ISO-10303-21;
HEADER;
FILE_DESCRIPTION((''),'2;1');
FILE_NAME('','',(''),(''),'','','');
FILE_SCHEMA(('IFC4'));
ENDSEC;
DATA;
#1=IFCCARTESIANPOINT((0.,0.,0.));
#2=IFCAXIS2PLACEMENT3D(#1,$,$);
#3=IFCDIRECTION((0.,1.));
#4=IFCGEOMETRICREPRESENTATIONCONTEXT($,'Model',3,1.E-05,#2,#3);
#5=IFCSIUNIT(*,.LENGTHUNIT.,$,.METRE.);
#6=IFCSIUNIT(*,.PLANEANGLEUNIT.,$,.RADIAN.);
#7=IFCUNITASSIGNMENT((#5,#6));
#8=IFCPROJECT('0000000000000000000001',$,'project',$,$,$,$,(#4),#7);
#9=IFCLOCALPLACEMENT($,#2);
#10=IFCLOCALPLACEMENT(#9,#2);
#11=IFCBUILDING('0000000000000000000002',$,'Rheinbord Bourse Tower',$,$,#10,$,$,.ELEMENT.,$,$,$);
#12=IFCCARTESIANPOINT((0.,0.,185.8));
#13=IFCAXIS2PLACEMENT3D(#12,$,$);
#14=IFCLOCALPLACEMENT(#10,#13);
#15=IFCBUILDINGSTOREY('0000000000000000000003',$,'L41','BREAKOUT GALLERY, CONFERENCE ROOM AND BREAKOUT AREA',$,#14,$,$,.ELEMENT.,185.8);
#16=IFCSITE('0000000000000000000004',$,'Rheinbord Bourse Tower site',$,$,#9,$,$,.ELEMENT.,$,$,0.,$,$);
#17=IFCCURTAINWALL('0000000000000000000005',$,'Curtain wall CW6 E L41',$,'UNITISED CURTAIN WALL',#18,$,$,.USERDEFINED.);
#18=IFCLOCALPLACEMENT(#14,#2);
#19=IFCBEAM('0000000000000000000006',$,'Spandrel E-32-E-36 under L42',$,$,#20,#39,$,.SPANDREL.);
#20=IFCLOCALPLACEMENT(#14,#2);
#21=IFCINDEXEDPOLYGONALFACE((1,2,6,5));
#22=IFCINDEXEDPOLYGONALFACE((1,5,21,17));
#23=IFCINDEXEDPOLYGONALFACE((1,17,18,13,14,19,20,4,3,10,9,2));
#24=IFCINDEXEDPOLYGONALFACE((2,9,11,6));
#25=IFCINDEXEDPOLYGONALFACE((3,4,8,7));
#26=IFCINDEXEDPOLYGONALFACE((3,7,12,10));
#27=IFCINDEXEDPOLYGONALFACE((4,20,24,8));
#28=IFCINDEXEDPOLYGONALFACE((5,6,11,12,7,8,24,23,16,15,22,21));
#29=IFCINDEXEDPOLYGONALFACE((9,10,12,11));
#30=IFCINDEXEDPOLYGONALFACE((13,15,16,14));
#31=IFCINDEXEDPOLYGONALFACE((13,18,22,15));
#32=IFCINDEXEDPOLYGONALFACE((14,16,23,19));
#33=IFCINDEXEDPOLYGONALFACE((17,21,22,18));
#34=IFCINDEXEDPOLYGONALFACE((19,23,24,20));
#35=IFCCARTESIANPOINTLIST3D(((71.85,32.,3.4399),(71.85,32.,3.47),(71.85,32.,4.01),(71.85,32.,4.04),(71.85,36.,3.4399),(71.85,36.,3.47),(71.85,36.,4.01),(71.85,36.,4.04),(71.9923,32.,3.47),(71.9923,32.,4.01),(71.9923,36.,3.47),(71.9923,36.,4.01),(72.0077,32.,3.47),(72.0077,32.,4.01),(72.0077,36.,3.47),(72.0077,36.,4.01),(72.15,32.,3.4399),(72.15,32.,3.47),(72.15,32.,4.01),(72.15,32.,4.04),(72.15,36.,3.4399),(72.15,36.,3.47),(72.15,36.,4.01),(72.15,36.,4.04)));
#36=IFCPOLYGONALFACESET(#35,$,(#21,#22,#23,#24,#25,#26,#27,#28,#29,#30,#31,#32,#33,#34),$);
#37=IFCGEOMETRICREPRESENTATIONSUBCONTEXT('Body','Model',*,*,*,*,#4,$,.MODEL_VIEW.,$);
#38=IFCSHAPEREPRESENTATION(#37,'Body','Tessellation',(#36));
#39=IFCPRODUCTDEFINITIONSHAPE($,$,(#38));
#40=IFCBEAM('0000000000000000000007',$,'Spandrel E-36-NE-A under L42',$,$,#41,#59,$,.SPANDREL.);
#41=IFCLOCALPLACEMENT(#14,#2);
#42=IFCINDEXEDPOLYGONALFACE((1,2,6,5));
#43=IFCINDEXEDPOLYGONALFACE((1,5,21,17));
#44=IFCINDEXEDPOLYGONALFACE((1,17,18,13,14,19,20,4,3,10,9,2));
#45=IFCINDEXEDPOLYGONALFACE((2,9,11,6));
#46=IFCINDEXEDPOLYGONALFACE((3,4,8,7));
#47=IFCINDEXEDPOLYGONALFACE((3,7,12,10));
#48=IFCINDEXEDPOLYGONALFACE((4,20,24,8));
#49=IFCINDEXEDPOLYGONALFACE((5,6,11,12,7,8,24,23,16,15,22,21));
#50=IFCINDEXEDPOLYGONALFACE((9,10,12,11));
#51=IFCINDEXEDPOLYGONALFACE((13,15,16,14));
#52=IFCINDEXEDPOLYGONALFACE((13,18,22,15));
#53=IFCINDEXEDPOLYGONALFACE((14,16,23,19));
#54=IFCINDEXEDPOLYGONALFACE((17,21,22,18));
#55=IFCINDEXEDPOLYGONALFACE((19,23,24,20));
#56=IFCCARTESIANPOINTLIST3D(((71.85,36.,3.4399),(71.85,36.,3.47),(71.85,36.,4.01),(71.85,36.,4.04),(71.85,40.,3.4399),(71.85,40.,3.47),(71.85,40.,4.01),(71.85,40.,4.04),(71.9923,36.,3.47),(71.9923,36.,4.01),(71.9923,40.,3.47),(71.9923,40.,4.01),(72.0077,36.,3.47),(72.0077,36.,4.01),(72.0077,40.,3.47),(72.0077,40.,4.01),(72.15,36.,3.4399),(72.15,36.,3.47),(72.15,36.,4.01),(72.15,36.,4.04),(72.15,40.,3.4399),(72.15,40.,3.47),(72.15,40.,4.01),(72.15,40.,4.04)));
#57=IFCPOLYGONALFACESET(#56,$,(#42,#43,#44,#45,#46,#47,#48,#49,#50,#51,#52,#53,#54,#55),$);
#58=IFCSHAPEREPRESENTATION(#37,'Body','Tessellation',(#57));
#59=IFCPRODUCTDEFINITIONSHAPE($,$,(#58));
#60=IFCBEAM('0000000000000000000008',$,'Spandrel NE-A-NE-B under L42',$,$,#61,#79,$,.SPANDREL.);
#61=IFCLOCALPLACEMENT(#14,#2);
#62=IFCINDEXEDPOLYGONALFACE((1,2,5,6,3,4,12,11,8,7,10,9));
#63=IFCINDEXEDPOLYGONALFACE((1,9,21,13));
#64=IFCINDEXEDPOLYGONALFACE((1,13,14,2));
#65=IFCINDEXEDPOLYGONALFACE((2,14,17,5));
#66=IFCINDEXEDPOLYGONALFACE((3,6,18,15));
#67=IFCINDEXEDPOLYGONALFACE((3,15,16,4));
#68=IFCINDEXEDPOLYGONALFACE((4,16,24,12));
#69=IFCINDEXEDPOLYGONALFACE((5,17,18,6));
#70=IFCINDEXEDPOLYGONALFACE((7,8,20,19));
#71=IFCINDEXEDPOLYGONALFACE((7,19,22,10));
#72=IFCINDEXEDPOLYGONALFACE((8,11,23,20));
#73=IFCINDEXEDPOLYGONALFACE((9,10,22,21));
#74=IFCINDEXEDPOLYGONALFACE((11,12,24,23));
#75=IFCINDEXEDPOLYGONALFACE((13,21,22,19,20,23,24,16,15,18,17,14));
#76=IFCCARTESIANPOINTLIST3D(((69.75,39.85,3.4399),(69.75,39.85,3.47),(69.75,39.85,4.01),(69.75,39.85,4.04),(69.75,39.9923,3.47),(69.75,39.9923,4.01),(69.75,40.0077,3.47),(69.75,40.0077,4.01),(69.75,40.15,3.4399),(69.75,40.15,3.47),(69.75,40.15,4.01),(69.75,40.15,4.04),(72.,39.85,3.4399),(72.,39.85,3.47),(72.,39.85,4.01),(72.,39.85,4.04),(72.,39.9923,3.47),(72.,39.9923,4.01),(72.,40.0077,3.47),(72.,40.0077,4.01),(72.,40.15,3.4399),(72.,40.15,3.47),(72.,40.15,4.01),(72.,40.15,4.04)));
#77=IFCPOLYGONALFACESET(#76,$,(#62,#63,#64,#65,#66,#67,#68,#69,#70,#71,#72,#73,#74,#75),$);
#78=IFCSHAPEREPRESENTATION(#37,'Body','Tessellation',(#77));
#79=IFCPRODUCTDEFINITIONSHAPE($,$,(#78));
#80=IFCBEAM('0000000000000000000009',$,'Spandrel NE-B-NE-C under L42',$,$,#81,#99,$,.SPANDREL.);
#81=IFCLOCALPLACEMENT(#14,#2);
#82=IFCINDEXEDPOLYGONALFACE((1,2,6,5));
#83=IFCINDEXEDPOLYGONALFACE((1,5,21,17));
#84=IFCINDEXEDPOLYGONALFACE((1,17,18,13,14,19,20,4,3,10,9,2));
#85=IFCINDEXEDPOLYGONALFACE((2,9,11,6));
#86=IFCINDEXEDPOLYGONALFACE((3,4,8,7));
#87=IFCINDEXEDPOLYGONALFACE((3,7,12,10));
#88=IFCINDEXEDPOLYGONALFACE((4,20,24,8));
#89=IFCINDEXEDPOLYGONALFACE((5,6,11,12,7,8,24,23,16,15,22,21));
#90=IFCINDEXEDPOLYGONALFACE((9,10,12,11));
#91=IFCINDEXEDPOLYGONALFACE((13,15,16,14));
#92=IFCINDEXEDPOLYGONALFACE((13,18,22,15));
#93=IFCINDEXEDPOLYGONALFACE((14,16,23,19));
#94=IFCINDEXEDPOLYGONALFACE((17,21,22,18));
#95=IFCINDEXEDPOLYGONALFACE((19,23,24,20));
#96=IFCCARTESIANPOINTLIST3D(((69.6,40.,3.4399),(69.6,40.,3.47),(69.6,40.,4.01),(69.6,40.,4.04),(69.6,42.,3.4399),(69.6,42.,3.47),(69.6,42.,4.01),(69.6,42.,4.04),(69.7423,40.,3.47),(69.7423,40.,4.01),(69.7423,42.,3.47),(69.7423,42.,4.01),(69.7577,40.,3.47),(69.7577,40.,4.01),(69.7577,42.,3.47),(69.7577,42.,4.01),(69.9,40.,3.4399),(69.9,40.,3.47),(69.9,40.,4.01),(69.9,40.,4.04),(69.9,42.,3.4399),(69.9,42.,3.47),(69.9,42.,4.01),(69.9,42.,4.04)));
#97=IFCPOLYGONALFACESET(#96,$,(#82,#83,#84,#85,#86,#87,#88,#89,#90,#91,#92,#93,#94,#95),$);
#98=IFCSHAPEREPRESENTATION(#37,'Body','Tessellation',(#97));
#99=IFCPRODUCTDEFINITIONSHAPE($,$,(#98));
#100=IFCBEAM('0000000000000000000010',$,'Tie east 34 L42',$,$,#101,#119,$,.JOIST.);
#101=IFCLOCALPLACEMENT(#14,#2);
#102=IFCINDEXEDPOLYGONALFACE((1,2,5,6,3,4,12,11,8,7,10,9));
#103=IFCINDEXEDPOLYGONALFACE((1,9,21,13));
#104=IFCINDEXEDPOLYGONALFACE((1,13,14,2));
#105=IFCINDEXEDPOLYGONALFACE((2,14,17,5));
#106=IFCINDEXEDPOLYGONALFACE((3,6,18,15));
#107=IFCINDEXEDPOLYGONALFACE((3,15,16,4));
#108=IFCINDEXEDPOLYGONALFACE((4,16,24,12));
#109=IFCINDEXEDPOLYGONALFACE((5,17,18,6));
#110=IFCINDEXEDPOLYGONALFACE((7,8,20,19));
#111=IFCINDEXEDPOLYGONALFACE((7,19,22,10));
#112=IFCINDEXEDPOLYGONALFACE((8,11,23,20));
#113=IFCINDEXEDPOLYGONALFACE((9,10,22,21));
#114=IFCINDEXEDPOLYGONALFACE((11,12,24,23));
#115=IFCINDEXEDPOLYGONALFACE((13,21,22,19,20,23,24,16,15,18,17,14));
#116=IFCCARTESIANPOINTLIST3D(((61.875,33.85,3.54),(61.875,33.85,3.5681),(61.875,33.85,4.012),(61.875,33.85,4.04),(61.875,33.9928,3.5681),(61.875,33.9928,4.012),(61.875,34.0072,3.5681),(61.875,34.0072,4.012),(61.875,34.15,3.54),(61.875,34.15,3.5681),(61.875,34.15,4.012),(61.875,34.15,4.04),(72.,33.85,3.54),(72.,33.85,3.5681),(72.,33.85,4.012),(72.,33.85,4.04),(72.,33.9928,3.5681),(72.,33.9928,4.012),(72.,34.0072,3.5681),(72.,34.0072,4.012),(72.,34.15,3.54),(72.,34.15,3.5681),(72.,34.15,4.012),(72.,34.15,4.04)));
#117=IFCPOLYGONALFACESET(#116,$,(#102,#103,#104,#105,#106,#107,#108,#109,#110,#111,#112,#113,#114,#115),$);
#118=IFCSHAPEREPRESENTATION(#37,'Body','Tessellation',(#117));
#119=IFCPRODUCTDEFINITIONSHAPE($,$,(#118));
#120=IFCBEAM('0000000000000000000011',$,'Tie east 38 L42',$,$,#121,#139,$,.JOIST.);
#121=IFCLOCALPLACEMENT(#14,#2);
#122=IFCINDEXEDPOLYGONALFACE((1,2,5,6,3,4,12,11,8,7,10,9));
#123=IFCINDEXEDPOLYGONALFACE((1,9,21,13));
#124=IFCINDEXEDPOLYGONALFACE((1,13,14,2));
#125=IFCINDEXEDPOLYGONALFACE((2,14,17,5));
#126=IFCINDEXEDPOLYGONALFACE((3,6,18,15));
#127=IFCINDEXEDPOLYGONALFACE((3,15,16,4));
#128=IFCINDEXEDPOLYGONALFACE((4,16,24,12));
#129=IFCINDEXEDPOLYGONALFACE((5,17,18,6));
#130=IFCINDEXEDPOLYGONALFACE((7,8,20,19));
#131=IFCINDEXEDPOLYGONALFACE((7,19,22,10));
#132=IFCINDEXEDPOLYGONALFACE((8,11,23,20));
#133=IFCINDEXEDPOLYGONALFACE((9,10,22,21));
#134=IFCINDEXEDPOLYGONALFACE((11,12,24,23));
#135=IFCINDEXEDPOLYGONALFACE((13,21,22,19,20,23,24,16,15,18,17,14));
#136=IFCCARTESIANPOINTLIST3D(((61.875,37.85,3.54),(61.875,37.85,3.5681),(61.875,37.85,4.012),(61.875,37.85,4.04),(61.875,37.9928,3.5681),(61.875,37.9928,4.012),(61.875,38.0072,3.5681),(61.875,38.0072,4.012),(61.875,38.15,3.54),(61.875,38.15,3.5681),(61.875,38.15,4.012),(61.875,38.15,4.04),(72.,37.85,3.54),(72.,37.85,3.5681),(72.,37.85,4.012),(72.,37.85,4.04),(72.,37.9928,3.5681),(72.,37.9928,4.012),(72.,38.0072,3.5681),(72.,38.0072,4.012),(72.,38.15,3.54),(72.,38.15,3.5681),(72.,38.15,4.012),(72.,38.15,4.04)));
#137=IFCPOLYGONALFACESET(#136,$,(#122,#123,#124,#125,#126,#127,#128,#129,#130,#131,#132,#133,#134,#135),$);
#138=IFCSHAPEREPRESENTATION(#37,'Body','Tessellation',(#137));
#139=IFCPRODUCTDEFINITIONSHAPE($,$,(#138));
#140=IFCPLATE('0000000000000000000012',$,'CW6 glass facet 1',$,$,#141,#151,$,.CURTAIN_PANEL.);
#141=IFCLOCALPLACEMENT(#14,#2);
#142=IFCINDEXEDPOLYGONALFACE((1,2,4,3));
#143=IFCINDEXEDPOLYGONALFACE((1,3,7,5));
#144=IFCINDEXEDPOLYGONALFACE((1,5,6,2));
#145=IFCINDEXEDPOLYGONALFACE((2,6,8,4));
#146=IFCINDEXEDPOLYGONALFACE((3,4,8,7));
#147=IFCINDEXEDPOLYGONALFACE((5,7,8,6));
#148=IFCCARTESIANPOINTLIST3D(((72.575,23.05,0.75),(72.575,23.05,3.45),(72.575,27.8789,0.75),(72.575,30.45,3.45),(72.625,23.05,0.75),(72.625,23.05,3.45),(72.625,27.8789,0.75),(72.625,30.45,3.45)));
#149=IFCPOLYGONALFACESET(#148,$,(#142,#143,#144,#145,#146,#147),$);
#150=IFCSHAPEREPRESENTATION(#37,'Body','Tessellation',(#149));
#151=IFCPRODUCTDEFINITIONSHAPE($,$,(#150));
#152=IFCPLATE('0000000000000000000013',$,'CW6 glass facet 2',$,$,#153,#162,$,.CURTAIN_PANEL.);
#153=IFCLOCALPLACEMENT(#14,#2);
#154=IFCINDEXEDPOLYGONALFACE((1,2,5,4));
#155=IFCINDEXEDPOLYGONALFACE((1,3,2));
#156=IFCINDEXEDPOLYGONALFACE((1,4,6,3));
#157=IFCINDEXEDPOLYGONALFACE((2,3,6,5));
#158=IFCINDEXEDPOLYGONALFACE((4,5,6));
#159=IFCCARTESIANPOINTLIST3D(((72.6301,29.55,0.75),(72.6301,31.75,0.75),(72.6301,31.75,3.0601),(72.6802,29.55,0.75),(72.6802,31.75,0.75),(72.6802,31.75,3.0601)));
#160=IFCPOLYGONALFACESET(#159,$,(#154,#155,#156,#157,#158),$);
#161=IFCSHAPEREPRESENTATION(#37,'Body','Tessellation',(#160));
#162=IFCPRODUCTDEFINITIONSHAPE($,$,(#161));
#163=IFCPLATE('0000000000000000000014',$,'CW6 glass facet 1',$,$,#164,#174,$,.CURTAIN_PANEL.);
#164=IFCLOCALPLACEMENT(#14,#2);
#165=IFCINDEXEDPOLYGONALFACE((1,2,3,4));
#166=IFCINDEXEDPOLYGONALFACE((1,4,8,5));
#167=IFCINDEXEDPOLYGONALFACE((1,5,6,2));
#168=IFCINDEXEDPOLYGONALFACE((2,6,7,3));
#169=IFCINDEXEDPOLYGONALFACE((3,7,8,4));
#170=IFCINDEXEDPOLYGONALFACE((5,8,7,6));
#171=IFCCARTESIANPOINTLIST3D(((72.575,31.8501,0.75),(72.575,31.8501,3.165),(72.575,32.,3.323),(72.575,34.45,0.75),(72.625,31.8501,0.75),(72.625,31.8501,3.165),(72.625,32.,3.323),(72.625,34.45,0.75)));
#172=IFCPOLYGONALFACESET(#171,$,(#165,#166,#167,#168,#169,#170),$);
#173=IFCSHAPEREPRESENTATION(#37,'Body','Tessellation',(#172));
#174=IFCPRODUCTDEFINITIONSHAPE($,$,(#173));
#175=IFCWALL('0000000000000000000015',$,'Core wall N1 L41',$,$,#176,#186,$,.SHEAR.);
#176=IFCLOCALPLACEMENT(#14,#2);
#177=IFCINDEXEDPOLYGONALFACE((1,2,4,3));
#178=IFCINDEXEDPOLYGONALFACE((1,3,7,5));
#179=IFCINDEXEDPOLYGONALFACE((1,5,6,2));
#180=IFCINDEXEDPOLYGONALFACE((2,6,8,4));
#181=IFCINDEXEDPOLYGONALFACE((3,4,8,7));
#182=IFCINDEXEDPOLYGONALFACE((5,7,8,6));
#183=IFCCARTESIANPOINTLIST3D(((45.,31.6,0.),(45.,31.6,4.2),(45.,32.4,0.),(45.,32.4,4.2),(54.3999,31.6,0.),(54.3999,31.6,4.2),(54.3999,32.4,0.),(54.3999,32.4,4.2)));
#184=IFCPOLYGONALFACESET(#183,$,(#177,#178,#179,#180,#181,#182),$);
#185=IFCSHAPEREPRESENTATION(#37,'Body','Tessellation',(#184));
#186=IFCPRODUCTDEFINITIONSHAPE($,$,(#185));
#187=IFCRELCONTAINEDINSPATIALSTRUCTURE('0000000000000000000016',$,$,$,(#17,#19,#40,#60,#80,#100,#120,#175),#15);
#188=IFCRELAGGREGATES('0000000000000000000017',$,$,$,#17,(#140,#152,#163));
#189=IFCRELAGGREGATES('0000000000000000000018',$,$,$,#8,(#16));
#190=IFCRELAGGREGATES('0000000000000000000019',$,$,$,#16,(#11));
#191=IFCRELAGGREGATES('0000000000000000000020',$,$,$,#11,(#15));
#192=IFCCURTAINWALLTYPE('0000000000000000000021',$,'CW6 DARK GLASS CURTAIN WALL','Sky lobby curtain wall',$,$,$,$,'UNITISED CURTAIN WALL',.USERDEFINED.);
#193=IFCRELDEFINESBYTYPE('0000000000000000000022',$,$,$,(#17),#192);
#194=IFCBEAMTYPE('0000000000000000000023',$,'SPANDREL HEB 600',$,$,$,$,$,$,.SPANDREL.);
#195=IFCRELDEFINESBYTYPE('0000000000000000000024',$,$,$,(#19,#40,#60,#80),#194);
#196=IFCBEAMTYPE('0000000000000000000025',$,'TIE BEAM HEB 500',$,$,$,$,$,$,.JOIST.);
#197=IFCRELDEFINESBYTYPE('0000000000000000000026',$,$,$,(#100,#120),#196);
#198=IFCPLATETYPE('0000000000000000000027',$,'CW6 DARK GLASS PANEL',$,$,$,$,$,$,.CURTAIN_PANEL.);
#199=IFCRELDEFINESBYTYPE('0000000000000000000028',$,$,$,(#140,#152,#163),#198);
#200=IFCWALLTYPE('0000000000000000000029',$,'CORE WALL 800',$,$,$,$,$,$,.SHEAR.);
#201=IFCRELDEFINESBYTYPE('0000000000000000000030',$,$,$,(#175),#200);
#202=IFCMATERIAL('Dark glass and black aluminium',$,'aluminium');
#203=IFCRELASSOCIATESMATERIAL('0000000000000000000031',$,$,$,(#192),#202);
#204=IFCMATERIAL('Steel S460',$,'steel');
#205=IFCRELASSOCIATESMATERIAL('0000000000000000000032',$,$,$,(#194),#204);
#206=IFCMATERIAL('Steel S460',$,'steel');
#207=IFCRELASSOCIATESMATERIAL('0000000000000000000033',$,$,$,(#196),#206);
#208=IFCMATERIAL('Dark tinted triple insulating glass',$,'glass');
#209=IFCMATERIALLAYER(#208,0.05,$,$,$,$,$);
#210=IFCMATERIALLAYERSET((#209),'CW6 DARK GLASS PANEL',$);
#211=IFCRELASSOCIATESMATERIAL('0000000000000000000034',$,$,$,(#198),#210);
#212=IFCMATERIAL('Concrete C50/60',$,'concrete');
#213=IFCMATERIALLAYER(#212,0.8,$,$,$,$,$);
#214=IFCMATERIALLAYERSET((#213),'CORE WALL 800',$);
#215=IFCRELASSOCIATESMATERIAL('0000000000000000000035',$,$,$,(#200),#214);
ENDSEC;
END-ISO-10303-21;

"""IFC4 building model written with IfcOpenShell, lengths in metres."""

from ifc_helpers import new_model, si_unit, direction, frame, frame_2d, origin, origin_2d, place, context, subcontext, project, spatial, polyline, rectangle, i_section, outline, extrude, material, layer, layer_set, material_profile, profile_set, type_object, element, aggregate, save


model = new_model("IFC4")

# Units and contexts
model_context = context("Model", 3, precision=1e-05, world=origin(), true_north=direction((0.0, 1.0)))
body_context = subcontext(model_context, "Body", "Model", "MODEL_VIEW")
ifc_project = project(units=[si_unit("LENGTHUNIT", "METRE"), si_unit("PLANEANGLEUNIT", "RADIAN")], contexts=[model_context])

# Site, building, storey
site_placement = place(None, origin())
site = spatial("IfcSite", under=ifc_project, at=site_placement, Name="Rheinbord Bourse Tower site", CompositionType="ELEMENT", RefElevation=0.0)
building_placement = place(site_placement, origin())
building = spatial("IfcBuilding", under=site, at=building_placement, Name="Rheinbord Bourse Tower", CompositionType="ELEMENT")
storey_placement = place(building_placement, frame((0.0, 0.0, 185.8)))
storey = spatial("IfcBuildingStorey", under=building, at=storey_placement, Name="L41", Description="BREAKOUT GALLERY, CONFERENCE ROOM AND BREAKOUT AREA", CompositionType="ELEMENT", Elevation=185.8)

# Curtain wall
ifc_material_1 = material(Name="Dark glass and black aluminium", Category="aluminium")
curtain_wall_type = type_object("IfcCurtainWallType", Name="CW6 DARK GLASS CURTAIN WALL", Description="Sky lobby curtain wall", ElementType="UNITISED CURTAIN WALL", PredefinedType="USERDEFINED", material=ifc_material_1)
curtain_wall_placement = place(storey_placement, origin())
curtain_wall = element("IfcCurtainWall", 1, at=curtain_wall_placement, inside=storey, type_object=curtain_wall_type, Name="Curtain wall CW6 E L41", ObjectType="UNITISED CURTAIN WALL", PredefinedType="USERDEFINED")

# Beams
ifc_material_2 = material(Name="Steel S460", Category="steel")
ifc_material_profile_1 = material_profile(ifc_material_2, i_section(OverallWidth=0.3, OverallDepth=0.6001, WebThickness=0.0154, FlangeThickness=0.03, at=origin_2d()), Name="HEB 600")
ifc_profile_set_1 = profile_set([ifc_material_profile_1], Name="Steel S460")
beam_type_1 = type_object("IfcBeamType", Name="SPANDREL HEB 600", PredefinedType="SPANDREL", material=ifc_profile_set_1)
for number, where, z_axis, x_axis, name in (
    (2, (72.0, 32.0, 3.74), (0.0, 1.0, 0.0), (-1.0, 0.0, 0.0), "Spandrel E-32-E-36 under L42"),
    (3, (72.0, 36.0, 3.74), (0.0, 1.0, 0.0), (-1.0, 0.0, 0.0), "Spandrel E-36-NE-A under L42"),
):
    element("IfcBeam", number, at=place(storey_placement, frame(where, z_axis=z_axis, x_axis=x_axis)), inside=storey, type_object=beam_type_1, Name=name, PredefinedType="SPANDREL", context=body_context, shape_type="SweptSolid", body=[
        extrude(i_section(OverallWidth=0.3, OverallDepth=0.6001, WebThickness=0.0154, FlangeThickness=0.03, at=origin_2d()), origin(), (0.0, 0.0, 1.0), 4.0),
    ])
beam_1_placement = place(storey_placement, frame((72.0, 40.0, 3.74), z_axis=(-1.0, 0.0, 0.0), x_axis=(0.0, -1.0, 0.0)))
element("IfcBeam", 4, at=beam_1_placement, inside=storey, type_object=beam_type_1, Name="Spandrel NE-A-NE-B under L42", PredefinedType="SPANDREL", context=body_context, shape_type="SweptSolid", body=[
    extrude(i_section(OverallWidth=0.3, OverallDepth=0.6001, WebThickness=0.0154, FlangeThickness=0.03, at=origin_2d()), origin(), (0.0, 0.0, 1.0), 2.25),
])
beam_2_placement = place(storey_placement, frame((69.75, 40.0, 3.74), z_axis=(0.0, 1.0, 0.0), x_axis=(-1.0, 0.0, 0.0)))
element("IfcBeam", 5, at=beam_2_placement, inside=storey, type_object=beam_type_1, Name="Spandrel NE-B-NE-C under L42", PredefinedType="SPANDREL", context=body_context, shape_type="SweptSolid", body=[
    extrude(i_section(OverallWidth=0.3, OverallDepth=0.6001, WebThickness=0.0154, FlangeThickness=0.03, at=origin_2d()), origin(), (0.0, 0.0, 1.0), 2.0),
])
ifc_material_3 = material(Name="Steel S460", Category="steel")
ifc_material_profile_2 = material_profile(ifc_material_3, i_section(OverallWidth=0.3, OverallDepth=0.5, WebThickness=0.0144, FlangeThickness=0.0281, at=origin_2d()), Name="HEB 500")
ifc_profile_set_2 = profile_set([ifc_material_profile_2], Name="Steel S460")
beam_type_2 = type_object("IfcBeamType", Name="TIE BEAM HEB 500", PredefinedType="JOIST", material=ifc_profile_set_2)
for number, where, z_axis, x_axis, name in (
    (6, (61.875, 34.0, 3.79), (1.0, 0.0, 0.0), (0.0, 1.0, 0.0), "Tie east 34 L42"),
    (7, (61.875, 38.0, 3.79), (1.0, 0.0, 0.0), (0.0, 1.0, 0.0), "Tie east 38 L42"),
):
    element("IfcBeam", number, at=place(storey_placement, frame(where, z_axis=z_axis, x_axis=x_axis)), inside=storey, type_object=beam_type_2, Name=name, PredefinedType="JOIST", context=body_context, shape_type="SweptSolid", body=[
        extrude(i_section(OverallWidth=0.3, OverallDepth=0.5, WebThickness=0.0144, FlangeThickness=0.0281, at=origin_2d()), origin(), (0.0, 0.0, 1.0), 10.125),
    ])

# Plates
ifc_material_4 = material(Name="Dark tinted triple insulating glass", Category="glass")
ifc_layer_1 = layer(ifc_material_4, 0.05)
ifc_layer_set_1 = layer_set([ifc_layer_1], Name="CW6 DARK GLASS PANEL")
plate_type = type_object("IfcPlateType", Name="CW6 DARK GLASS PANEL", PredefinedType="CURTAIN_PANEL", material=ifc_layer_set_1)
plate_1_placement = place(storey_placement, frame((72.625, 23.05, 0.75), z_axis=(-1.0, 0.0, 0.0), x_axis=(0.0, 0.0, 1.0)))
plate_1 = element("IfcPlate", 8, at=plate_1_placement, type_object=plate_type, Name="CW6 glass facet 1", PredefinedType="CURTAIN_PANEL", context=body_context, shape_type="SweptSolid", body=[
    extrude(outline(polyline([(0.0, 0.0), (2.7, 0.0), (2.7, 7.3999), (0.0, 4.8289), (0.0, 0.0)])), origin(), (0.0, 0.0, 1.0), 0.05),
])
plate_2_placement = place(storey_placement, frame((72.6802, 31.75, 0.75), z_axis=(-1.0, 0.0, 0.0), x_axis=(0.0, -1.0, 0.0)))
plate_2 = element("IfcPlate", 9, at=plate_2_placement, type_object=plate_type, Name="CW6 glass facet 2", PredefinedType="CURTAIN_PANEL", context=body_context, shape_type="SweptSolid", body=[
    extrude(outline(polyline([(0.0, 0.0), (2.2, 0.0), (0.0, 2.3101), (0.0, 0.0)])), origin(), (0.0, 0.0, 1.0), 0.05),
])
plate_3_placement = place(storey_placement, frame((72.625, 31.8501, 0.75), z_axis=(-1.0, 0.0, 0.0), x_axis=(0.0, 0.0, 1.0)))
plate_3 = element("IfcPlate", 10, at=plate_3_placement, type_object=plate_type, Name="CW6 glass facet 1", PredefinedType="CURTAIN_PANEL", context=body_context, shape_type="SweptSolid", body=[
    extrude(outline(polyline([(0.0, 0.0), (2.415, 0.0), (2.573, 0.1499), (0.0, 2.5999), (0.0, 0.0)])), origin(), (0.0, 0.0, 1.0), 0.05),
])
aggregate(curtain_wall, [plate_1, plate_2, plate_3])

# Wall
ifc_material_5 = material(Name="Concrete C50/60", Category="concrete")
ifc_layer_2 = layer(ifc_material_5, 0.8)
ifc_layer_set_2 = layer_set([ifc_layer_2], Name="CORE WALL 800")
wall_type_1 = type_object("IfcWallType", Name="CORE WALL 800", PredefinedType="SHEAR", material=ifc_layer_set_2)
wall_1_placement = place(storey_placement, frame((54.3999, 32.0, 0.0), z_axis=(0.0, 0.0, 1.0), x_axis=(-1.0, 0.0, 0.0)))
element("IfcWall", 11, at=wall_1_placement, inside=storey, type_object=wall_type_1, Name="Core wall N1 L41", PredefinedType="SHEAR", context=body_context, shape_type="SweptSolid", body=[
    extrude(rectangle(XDim=9.3999, YDim=0.8, at=frame_2d((4.7, 0.0))), origin(), (0.0, 0.0, 1.0), 4.2),
])

save(model, "model.ifc")
